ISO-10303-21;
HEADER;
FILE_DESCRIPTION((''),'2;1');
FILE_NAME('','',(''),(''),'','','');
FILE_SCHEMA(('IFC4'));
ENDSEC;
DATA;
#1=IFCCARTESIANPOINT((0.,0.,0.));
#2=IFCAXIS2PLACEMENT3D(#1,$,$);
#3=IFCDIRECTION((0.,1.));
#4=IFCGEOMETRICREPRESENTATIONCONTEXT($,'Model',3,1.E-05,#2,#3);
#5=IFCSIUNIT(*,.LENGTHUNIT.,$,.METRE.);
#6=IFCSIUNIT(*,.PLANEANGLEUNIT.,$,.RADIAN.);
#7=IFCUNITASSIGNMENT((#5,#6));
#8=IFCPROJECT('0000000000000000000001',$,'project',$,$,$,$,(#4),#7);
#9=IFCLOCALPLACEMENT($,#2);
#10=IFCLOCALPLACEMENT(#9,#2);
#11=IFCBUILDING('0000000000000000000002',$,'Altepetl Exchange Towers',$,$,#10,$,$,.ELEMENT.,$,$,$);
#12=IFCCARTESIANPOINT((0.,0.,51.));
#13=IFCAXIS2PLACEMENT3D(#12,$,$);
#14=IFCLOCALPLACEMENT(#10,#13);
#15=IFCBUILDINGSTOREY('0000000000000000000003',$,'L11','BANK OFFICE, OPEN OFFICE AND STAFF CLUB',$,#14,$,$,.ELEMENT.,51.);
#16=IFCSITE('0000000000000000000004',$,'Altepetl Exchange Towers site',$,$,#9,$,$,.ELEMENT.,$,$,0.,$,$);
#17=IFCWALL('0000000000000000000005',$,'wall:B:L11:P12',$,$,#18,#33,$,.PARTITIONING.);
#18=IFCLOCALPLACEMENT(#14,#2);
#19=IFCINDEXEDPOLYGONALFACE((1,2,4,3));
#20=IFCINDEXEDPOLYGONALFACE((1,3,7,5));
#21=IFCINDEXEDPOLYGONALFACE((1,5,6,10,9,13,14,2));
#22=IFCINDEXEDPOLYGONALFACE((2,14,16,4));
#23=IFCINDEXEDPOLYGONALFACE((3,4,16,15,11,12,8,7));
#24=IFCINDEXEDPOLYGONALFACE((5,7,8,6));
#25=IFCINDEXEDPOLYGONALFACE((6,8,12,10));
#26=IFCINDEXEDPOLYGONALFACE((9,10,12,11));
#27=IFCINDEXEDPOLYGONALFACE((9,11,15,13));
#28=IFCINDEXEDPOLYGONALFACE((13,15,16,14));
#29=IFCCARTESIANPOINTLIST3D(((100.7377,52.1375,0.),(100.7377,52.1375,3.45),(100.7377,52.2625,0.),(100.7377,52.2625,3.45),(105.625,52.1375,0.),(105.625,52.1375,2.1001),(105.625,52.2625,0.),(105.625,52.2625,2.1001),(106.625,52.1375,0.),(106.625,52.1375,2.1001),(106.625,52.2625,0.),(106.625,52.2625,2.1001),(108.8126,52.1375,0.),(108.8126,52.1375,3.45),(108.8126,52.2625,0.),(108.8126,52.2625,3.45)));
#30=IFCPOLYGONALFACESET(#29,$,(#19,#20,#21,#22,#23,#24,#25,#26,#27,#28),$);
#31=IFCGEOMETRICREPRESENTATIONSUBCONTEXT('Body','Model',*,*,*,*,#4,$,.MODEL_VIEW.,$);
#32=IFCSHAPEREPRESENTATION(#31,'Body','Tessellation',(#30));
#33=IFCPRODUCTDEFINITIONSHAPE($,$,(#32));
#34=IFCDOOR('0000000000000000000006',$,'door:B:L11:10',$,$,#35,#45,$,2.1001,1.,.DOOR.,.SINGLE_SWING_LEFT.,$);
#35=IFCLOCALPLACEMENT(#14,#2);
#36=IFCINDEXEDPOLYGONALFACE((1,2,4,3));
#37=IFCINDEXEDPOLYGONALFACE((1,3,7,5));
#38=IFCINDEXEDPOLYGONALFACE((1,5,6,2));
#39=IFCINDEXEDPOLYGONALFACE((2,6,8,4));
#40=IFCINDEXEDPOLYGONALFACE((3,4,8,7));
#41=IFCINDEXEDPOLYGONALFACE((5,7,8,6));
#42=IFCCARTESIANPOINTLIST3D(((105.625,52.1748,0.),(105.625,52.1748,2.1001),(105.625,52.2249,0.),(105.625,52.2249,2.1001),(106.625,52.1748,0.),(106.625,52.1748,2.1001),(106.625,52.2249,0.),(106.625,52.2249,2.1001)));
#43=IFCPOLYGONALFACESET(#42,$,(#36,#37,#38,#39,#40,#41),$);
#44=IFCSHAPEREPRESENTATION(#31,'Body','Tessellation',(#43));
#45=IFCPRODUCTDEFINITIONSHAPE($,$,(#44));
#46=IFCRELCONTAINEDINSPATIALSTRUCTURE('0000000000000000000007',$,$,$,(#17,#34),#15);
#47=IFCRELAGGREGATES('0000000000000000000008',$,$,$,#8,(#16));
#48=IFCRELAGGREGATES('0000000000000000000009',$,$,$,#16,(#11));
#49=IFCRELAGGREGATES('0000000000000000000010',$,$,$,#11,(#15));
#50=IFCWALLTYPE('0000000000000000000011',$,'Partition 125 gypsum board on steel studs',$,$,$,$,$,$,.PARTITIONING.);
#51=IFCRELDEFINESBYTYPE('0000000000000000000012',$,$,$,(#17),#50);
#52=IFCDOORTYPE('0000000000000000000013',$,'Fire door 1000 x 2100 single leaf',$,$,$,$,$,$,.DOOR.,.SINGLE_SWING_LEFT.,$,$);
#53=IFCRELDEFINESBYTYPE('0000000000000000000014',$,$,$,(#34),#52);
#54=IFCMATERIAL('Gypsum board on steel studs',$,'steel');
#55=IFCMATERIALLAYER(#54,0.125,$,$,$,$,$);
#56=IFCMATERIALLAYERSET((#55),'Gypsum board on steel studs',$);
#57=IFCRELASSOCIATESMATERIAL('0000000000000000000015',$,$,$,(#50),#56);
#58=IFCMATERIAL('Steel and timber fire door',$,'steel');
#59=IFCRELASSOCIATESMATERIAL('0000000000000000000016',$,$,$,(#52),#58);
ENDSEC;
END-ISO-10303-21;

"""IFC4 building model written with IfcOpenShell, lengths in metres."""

from ifc_helpers import new_model, si_unit, direction, frame, frame_2d, origin, place, context, subcontext, project, spatial, rectangle, extrude, material, layer, layer_set, type_object, element, fill, save


model = new_model("IFC4")

# Units and contexts
model_context = context("Model", 3, precision=1e-05, world=origin(), true_north=direction((0.0, 1.0)))
body_context = subcontext(model_context, "Body", "Model", "MODEL_VIEW")
ifc_project = project(units=[si_unit("LENGTHUNIT", "METRE"), si_unit("PLANEANGLEUNIT", "RADIAN")], contexts=[model_context])

# Site, building, storey
site_placement = place(None, origin())
site = spatial("IfcSite", under=ifc_project, at=site_placement, Name="Altepetl Exchange Towers site", CompositionType="ELEMENT", RefElevation=0.0)
building_placement = place(site_placement, origin())
building = spatial("IfcBuilding", under=site, at=building_placement, Name="Altepetl Exchange Towers", CompositionType="ELEMENT")
storey_placement = place(building_placement, frame((0.0, 0.0, 51.0)))
storey = spatial("IfcBuildingStorey", under=building, at=storey_placement, Name="L11", Description="BANK OFFICE, OPEN OFFICE AND STAFF CLUB", CompositionType="ELEMENT", Elevation=51.0)

# Shared definitions
ifc_material_1 = material(Name="Gypsum board on steel studs", Category="steel")
ifc_layer_1 = layer(ifc_material_1, 0.125)
ifc_layer_set_1 = layer_set([ifc_layer_1], Name="Gypsum board on steel studs")
wall_type = type_object("IfcWallType", Name="Partition 125 gypsum board on steel studs", PredefinedType="PARTITIONING", material=ifc_layer_set_1)

# Wall, opening, door
wall_1_placement = place(storey_placement, frame((100.7375, 52.2, 0.0)))
wall_1 = element("IfcWall", 1, at=wall_1_placement, inside=storey, type_object=wall_type, Name="wall:B:L11:P12", PredefinedType="PARTITIONING", context=body_context, shape_type="SweptSolid", body=[
    extrude(rectangle(XDim=8.075, YDim=0.125, at=frame_2d((4.0376, 0.0))), origin(), (0.0, 0.0, 1.0), 3.45),
])
opening_placement = place(wall_1_placement, frame((4.8875, 0.0, 0.0)))
opening = element("IfcOpeningElement", 2, at=opening_placement, cuts=wall_1, PredefinedType="OPENING", context=body_context, shape_type="SweptSolid", body=[
    extrude(rectangle(XDim=1.0, YDim=2.1001, at=frame_2d((0.5, 1.05))), frame((0.0, 0.0725, 0.0), z_axis=(0.0, -1.0, 0.0), x_axis=(1.0, 0.0, 0.0)), (0.0, 0.0, 1.0), 0.145),
])
ifc_material_2 = material(Name="Steel and timber fire door", Category="steel")
door_type = type_object("IfcDoorType", Name="Fire door 1000 x 2100 single leaf", OperationType="SINGLE_SWING_LEFT", PredefinedType="DOOR", material=ifc_material_2)
door_placement = place(opening_placement, origin())
door = element("IfcDoor", 3, at=door_placement, inside=storey, type_object=door_type, Name="door:B:L11:10", OperationType="SINGLE_SWING_LEFT", OverallHeight=2.1001, OverallWidth=1.0, PredefinedType="DOOR", context=body_context, shape_type="SweptSolid", body=[
    extrude(rectangle(XDim=1.0, YDim=2.1001, at=frame_2d((0.5, 1.05))), frame((0.0, 0.0249, 0.0), z_axis=(0.0, -1.0, 0.0), x_axis=(1.0, 0.0, 0.0)), (0.0, 0.0, 1.0), 0.05),
])
fill(opening, door)

save(model, "model.ifc")
